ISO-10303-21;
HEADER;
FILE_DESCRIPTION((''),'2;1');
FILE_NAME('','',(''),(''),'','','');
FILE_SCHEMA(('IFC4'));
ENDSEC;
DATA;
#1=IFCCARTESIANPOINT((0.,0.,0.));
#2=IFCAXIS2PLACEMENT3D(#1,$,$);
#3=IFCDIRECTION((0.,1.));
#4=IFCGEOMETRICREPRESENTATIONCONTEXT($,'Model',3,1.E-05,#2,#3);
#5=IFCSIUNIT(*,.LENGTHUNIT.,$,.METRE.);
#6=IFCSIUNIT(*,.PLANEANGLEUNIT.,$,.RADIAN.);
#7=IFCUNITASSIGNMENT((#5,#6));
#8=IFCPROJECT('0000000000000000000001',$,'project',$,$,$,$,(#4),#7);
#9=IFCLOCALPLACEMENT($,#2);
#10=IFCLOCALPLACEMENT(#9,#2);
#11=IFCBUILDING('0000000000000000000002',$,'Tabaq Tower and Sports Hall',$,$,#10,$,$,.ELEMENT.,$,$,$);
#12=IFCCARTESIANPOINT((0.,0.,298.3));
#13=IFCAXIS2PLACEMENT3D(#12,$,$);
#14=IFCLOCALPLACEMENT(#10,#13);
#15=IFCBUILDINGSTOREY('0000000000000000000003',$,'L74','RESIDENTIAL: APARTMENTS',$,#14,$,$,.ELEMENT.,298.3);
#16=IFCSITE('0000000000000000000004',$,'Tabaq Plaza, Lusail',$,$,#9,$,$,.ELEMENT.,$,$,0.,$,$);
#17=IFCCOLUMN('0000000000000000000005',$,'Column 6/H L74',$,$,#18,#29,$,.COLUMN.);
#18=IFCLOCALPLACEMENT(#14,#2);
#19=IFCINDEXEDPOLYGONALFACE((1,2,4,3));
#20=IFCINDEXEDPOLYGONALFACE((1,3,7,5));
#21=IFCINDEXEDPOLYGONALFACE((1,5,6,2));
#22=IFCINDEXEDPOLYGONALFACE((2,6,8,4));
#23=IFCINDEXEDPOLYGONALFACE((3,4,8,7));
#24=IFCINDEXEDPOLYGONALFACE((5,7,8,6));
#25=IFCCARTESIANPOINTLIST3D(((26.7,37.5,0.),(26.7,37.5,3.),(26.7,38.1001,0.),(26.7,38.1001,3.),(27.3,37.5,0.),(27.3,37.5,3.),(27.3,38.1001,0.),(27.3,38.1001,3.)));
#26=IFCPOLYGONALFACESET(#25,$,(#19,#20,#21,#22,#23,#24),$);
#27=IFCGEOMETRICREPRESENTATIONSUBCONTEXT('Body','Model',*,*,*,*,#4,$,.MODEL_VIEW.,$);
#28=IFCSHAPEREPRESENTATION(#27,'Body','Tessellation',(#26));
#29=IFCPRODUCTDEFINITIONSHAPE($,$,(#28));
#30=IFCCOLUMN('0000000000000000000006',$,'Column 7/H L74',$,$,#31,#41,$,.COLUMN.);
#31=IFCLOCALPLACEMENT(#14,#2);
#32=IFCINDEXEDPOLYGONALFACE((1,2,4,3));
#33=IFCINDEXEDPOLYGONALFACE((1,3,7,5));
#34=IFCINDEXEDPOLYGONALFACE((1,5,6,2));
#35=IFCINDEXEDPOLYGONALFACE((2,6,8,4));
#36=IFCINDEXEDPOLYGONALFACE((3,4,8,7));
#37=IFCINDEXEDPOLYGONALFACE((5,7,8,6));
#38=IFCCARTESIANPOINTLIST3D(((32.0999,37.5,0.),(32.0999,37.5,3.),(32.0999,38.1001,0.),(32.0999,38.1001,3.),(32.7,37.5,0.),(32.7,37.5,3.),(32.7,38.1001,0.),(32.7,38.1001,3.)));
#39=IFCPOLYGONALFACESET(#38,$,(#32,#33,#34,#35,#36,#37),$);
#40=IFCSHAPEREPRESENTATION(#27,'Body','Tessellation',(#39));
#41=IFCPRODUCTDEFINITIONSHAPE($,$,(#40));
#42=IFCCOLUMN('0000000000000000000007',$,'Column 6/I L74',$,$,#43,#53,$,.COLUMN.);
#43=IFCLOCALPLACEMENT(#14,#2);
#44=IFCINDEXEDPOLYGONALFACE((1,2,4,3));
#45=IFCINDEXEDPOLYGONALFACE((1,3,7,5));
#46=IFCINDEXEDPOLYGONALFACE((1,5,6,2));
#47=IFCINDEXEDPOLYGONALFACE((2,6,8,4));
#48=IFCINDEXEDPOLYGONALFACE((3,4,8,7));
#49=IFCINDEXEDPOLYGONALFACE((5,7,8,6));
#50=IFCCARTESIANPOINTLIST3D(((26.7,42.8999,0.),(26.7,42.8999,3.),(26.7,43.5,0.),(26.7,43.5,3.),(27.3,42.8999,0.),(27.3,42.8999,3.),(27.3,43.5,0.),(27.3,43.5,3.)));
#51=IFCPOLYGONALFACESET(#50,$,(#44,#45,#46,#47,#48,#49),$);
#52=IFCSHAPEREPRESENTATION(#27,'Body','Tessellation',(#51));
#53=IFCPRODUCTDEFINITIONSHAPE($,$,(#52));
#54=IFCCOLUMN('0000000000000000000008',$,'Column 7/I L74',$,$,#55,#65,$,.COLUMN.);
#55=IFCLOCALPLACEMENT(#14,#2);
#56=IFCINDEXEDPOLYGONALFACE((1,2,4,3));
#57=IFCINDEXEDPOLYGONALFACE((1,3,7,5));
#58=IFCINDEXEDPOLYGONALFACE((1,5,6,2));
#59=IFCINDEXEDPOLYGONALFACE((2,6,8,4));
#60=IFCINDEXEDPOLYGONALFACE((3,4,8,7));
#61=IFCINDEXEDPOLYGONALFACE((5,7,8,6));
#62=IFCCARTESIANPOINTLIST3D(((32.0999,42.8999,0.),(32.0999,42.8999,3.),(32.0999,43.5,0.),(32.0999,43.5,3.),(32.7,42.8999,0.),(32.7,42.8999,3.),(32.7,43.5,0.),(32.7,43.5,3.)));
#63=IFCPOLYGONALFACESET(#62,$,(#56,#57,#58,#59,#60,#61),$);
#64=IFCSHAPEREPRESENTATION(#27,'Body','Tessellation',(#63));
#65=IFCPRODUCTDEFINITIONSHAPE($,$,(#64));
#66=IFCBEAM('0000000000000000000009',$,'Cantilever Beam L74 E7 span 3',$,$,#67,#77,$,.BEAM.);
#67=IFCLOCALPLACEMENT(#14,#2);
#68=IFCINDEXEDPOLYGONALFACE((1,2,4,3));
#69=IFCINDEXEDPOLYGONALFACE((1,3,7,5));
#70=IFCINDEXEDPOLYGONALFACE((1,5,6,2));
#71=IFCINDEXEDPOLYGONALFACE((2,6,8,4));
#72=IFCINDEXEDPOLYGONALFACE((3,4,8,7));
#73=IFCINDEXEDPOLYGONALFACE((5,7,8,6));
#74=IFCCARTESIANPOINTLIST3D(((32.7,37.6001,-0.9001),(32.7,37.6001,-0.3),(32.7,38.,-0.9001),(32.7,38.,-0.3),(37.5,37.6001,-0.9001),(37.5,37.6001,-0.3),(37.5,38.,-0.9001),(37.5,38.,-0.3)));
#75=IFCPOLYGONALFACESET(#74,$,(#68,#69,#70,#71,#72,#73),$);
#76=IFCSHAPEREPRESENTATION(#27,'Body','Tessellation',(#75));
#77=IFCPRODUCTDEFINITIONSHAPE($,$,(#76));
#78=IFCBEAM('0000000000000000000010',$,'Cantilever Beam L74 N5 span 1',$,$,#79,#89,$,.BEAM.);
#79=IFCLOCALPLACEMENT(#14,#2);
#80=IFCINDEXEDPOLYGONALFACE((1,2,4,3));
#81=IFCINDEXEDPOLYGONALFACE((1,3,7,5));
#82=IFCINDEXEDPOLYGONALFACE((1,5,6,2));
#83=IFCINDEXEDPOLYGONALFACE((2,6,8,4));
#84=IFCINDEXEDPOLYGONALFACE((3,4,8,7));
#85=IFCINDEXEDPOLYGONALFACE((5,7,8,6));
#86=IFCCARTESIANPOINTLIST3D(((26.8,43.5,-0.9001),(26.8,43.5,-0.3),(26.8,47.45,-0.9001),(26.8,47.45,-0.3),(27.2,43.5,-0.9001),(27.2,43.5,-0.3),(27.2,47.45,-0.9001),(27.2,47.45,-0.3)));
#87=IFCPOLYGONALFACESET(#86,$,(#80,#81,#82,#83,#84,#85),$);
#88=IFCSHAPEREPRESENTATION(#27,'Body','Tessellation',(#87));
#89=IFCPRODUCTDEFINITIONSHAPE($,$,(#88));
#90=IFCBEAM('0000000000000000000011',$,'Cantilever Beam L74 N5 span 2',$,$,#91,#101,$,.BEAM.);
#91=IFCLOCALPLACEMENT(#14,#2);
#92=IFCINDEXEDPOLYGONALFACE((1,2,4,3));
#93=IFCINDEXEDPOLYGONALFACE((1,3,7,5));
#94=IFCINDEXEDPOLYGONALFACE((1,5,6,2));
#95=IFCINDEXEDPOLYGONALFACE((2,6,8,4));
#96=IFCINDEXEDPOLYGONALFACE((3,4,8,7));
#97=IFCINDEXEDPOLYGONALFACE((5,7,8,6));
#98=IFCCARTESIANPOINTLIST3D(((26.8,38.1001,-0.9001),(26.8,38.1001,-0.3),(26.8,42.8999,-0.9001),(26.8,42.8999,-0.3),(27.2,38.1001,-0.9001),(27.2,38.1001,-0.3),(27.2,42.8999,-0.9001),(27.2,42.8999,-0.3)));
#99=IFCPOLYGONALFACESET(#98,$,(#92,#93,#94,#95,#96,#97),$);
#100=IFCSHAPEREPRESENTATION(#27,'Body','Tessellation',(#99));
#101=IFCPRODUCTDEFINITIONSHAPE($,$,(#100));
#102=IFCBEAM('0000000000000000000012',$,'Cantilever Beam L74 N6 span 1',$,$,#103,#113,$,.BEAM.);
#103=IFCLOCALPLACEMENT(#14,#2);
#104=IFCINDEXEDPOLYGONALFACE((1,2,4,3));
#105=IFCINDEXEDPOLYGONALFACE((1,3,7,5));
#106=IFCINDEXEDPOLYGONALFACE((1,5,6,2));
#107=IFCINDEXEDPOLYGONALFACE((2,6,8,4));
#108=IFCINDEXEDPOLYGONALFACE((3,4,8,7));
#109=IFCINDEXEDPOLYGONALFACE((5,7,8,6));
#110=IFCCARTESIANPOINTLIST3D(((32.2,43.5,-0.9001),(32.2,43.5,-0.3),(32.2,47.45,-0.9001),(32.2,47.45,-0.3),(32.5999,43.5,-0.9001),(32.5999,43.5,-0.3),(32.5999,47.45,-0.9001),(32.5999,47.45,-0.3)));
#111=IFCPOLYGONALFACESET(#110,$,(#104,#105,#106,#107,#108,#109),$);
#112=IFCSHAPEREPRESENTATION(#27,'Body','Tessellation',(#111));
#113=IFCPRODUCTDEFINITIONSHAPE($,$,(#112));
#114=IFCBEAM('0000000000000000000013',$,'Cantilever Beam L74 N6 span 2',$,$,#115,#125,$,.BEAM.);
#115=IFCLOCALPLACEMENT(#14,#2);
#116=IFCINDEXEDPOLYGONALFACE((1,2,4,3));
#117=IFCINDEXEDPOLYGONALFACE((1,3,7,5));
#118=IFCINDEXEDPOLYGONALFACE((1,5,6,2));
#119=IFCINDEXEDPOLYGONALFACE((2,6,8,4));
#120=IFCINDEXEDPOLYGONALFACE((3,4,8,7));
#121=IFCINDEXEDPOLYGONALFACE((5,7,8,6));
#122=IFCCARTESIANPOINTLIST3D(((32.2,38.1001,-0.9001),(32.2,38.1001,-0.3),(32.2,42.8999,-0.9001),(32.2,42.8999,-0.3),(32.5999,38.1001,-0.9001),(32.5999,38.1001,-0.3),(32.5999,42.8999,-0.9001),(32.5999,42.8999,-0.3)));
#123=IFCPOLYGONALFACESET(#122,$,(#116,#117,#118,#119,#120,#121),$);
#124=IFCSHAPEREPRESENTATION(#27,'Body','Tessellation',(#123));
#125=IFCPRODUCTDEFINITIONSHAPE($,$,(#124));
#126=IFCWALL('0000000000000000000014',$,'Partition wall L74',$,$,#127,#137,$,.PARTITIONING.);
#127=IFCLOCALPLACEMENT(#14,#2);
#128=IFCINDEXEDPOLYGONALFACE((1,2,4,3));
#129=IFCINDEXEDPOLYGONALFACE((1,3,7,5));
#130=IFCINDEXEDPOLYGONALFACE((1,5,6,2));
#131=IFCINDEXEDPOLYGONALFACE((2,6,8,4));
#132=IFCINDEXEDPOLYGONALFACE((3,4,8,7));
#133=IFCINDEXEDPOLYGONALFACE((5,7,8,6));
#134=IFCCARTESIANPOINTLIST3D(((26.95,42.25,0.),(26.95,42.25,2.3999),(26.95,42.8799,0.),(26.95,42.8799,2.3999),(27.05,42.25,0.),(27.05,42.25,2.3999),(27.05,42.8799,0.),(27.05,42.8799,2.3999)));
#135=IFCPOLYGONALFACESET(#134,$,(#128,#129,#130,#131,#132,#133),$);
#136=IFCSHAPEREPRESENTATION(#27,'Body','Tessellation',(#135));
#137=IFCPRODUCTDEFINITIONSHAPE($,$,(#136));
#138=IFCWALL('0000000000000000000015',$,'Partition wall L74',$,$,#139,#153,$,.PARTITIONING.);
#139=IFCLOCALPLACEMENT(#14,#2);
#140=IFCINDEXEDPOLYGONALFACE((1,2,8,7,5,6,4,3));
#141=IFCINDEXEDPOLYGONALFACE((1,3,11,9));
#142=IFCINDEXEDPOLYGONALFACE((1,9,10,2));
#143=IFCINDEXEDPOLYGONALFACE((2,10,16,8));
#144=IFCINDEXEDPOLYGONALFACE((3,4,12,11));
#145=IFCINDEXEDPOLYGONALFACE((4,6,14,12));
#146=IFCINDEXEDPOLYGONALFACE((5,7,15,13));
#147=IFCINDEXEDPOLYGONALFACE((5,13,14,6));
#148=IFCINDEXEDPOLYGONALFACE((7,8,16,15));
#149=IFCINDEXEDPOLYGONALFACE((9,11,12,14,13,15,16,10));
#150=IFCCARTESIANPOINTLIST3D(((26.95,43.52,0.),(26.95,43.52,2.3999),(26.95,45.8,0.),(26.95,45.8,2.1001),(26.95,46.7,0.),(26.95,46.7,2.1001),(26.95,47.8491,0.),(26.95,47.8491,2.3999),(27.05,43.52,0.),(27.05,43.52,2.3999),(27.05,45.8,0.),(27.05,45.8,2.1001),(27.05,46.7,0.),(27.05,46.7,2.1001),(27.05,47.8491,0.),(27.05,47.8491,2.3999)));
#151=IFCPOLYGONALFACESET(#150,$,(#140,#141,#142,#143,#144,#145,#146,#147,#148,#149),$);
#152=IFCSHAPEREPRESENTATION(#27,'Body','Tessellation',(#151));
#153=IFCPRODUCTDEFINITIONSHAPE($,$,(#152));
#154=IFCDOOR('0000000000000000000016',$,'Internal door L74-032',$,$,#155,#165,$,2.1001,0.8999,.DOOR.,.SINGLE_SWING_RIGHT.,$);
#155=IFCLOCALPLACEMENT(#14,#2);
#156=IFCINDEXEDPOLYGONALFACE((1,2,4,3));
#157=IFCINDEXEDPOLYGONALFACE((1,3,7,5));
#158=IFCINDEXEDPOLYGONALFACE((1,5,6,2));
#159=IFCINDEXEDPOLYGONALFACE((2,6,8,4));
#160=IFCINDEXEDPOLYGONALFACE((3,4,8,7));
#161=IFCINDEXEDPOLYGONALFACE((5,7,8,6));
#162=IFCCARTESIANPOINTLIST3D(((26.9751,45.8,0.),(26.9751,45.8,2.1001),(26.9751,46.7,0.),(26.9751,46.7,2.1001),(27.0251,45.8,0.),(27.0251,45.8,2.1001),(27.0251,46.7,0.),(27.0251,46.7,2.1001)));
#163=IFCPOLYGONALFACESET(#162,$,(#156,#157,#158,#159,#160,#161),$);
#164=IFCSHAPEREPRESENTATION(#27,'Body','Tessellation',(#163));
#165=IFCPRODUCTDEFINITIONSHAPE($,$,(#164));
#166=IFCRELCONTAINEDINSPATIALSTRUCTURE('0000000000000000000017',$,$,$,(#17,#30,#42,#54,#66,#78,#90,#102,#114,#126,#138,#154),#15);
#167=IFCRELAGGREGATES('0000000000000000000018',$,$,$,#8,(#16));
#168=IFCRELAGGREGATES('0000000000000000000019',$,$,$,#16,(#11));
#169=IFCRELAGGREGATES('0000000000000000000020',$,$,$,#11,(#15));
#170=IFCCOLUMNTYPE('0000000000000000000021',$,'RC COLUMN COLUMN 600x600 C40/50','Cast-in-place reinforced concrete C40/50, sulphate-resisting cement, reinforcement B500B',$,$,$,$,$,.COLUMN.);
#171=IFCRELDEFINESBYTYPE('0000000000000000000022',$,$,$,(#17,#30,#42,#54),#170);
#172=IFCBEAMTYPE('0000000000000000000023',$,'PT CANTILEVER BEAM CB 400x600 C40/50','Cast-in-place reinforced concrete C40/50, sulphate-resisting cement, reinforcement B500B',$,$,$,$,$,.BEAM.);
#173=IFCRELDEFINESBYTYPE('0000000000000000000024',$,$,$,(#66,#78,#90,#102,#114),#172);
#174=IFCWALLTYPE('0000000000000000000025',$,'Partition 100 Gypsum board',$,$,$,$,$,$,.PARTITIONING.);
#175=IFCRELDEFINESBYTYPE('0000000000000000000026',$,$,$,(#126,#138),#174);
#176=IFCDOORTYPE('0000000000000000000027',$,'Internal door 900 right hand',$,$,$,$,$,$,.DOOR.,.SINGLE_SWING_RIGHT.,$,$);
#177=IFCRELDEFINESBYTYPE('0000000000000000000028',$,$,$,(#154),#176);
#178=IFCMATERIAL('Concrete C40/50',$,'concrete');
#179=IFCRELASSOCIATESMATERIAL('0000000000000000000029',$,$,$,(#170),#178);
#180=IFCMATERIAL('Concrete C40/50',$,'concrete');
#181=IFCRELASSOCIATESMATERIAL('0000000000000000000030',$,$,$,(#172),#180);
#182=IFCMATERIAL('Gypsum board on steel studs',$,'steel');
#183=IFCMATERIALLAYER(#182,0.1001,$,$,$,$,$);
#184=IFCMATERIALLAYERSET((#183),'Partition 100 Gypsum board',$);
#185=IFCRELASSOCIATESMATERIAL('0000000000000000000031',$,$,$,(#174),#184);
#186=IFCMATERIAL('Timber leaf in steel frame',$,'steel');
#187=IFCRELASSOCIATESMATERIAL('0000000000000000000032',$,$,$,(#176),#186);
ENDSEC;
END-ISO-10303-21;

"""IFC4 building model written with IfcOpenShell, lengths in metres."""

from ifc_helpers import new_model, si_unit, direction, frame, frame_2d, origin, origin_2d, place, context, subcontext, project, spatial, rectangle, extrude, material, layer, layer_set, material_profile, profile_set, type_object, element, fill, save


model = new_model("IFC4")

# Units and contexts
model_context = context("Model", 3, precision=1e-05, world=origin(), true_north=direction((0.0, 1.0)))
body_context = subcontext(model_context, "Body", "Model", "MODEL_VIEW")
ifc_project = project(units=[si_unit("LENGTHUNIT", "METRE"), si_unit("PLANEANGLEUNIT", "RADIAN")], contexts=[model_context])

# Site, building, storey
site_placement = place(None, origin())
site = spatial("IfcSite", under=ifc_project, at=site_placement, Name="Tabaq Plaza, Lusail", CompositionType="ELEMENT", RefElevation=0.0)
building_placement = place(site_placement, origin())
building = spatial("IfcBuilding", under=site, at=building_placement, Name="Tabaq Tower and Sports Hall", CompositionType="ELEMENT")
storey_placement = place(building_placement, frame((0.0, 0.0, 298.3)))
storey = spatial("IfcBuildingStorey", under=building, at=storey_placement, Name="L74", Description="RESIDENTIAL: APARTMENTS", CompositionType="ELEMENT", Elevation=298.3)

# Columns
ifc_material_1 = material(Name="Concrete C40/50", Category="concrete")
ifc_material_profile_1 = material_profile(ifc_material_1, rectangle(XDim=0.6001, YDim=0.6001, at=origin_2d()), Name="COLUMN 600x600")
ifc_profile_set_1 = profile_set([ifc_material_profile_1], Name="Concrete C40/50")
column_type = type_object("IfcColumnType", Name="RC COLUMN COLUMN 600x600 C40/50", Description="Cast-in-place reinforced concrete C40/50, sulphate-resisting cement, reinforcement B500B", PredefinedType="COLUMN", material=ifc_profile_set_1)
for number, where, z_axis, x_axis, name in (
    (1, (27.0, 37.8, 0.0), (0.0, 0.0, 1.0), (1.0, 0.0, 0.0), "Column 6/H L74"),
    (2, (32.3999, 37.8, 0.0), (0.0, 0.0, 1.0), (1.0, 0.0, 0.0), "Column 7/H L74"),
    (3, (27.0, 43.2, 0.0), (0.0, 0.0, 1.0), (1.0, 0.0, 0.0), "Column 6/I L74"),
    (4, (32.3999, 43.2, 0.0), (0.0, 0.0, 1.0), (1.0, 0.0, 0.0), "Column 7/I L74"),
):
    element("IfcColumn", number, at=place(storey_placement, frame(where, z_axis=z_axis, x_axis=x_axis)), inside=storey, type_object=column_type, Name=name, PredefinedType="COLUMN", context=body_context, shape_type="SweptSolid", body=[
        extrude(rectangle(XDim=0.6001, YDim=0.6001, at=origin_2d()), origin(), (0.0, 0.0, 1.0), 3.0),
    ])

# Beams
ifc_material_2 = material(Name="Concrete C40/50", Category="concrete")
ifc_material_profile_2 = material_profile(ifc_material_2, rectangle(XDim=0.3999, YDim=0.6001, at=origin_2d()), Name="CB 400x600")
ifc_profile_set_2 = profile_set([ifc_material_profile_2], Name="Concrete C40/50")
beam_type = type_object("IfcBeamType", Name="PT CANTILEVER BEAM CB 400x600 C40/50", Description="Cast-in-place reinforced concrete C40/50, sulphate-resisting cement, reinforcement B500B", PredefinedType="BEAM", material=ifc_profile_set_2)
beam_1_placement = place(storey_placement, frame((37.5, 37.8, -0.6001), z_axis=(-1.0, 0.0, 0.0), x_axis=(0.0, -1.0, 0.0)))
element("IfcBeam", 5, at=beam_1_placement, inside=storey, type_object=beam_type, Name="Cantilever Beam L74 E7 span 3", PredefinedType="BEAM", context=body_context, shape_type="SweptSolid", body=[
    extrude(rectangle(XDim=0.3999, YDim=0.6001, at=origin_2d()), origin(), (0.0, 0.0, 1.0), 4.8),
])
beam_2_placement = place(storey_placement, frame((27.0, 47.45, -0.6001), z_axis=(0.0, -1.0, 0.0), x_axis=(1.0, 0.0, 0.0)))
element("IfcBeam", 6, at=beam_2_placement, inside=storey, type_object=beam_type, Name="Cantilever Beam L74 N5 span 1", PredefinedType="BEAM", context=body_context, shape_type="SweptSolid", body=[
    extrude(rectangle(XDim=0.3999, YDim=0.6001, at=origin_2d()), origin(), (0.0, 0.0, 1.0), 3.95),
])
beam_3_placement = place(storey_placement, frame((27.0, 42.8999, -0.6001), z_axis=(0.0, -1.0, 0.0), x_axis=(1.0, 0.0, 0.0)))
element("IfcBeam", 7, at=beam_3_placement, inside=storey, type_object=beam_type, Name="Cantilever Beam L74 N5 span 2", PredefinedType="BEAM", context=body_context, shape_type="SweptSolid", body=[
    extrude(rectangle(XDim=0.3999, YDim=0.6001, at=origin_2d()), origin(), (0.0, 0.0, 1.0), 4.7998),
])
beam_4_placement = place(storey_placement, frame((32.3999, 47.45, -0.6001), z_axis=(0.0, -1.0, 0.0), x_axis=(1.0, 0.0, 0.0)))
element("IfcBeam", 8, at=beam_4_placement, inside=storey, type_object=beam_type, Name="Cantilever Beam L74 N6 span 1", PredefinedType="BEAM", context=body_context, shape_type="SweptSolid", body=[
    extrude(rectangle(XDim=0.3999, YDim=0.6001, at=origin_2d()), origin(), (0.0, 0.0, 1.0), 3.95),
])
beam_5_placement = place(storey_placement, frame((32.3999, 42.8999, -0.6001), z_axis=(0.0, -1.0, 0.0), x_axis=(1.0, 0.0, 0.0)))
element("IfcBeam", 9, at=beam_5_placement, inside=storey, type_object=beam_type, Name="Cantilever Beam L74 N6 span 2", PredefinedType="BEAM", context=body_context, shape_type="SweptSolid", body=[
    extrude(rectangle(XDim=0.3999, YDim=0.6001, at=origin_2d()), origin(), (0.0, 0.0, 1.0), 4.7998),
])

# Wall
ifc_material_3 = material(Name="Gypsum board on steel studs", Category="steel")
ifc_layer_1 = layer(ifc_material_3, 0.1001)
ifc_layer_set_1 = layer_set([ifc_layer_1], Name="Partition 100 Gypsum board")
wall_type_1 = type_object("IfcWallType", Name="Partition 100 Gypsum board", PredefinedType="PARTITIONING", material=ifc_layer_set_1)
wall_1_placement = place(storey_placement, frame((27.0, 42.25, 0.0), z_axis=(0.0, 0.0, 1.0), x_axis=(0.0, 1.0, 0.0)))
element("IfcWall", 10, at=wall_1_placement, inside=storey, type_object=wall_type_1, Name="Partition wall L74", PredefinedType="PARTITIONING", context=body_context, shape_type="SweptSolid", body=[
    extrude(rectangle(XDim=0.6299, YDim=0.1001, at=frame_2d((0.3149, 0.0))), origin(), (0.0, 0.0, 1.0), 2.3999),
])

# Wall, opening, door
wall_2_placement = place(storey_placement, frame((27.0, 43.52, 0.0), z_axis=(0.0, 0.0, 1.0), x_axis=(0.0, 1.0, 0.0)))
wall_2 = element("IfcWall", 11, at=wall_2_placement, inside=storey, type_object=wall_type_1, Name="Partition wall L74", PredefinedType="PARTITIONING", context=body_context, shape_type="SweptSolid", body=[
    extrude(rectangle(XDim=4.3291, YDim=0.1001, at=frame_2d((2.1646, 0.0))), origin(), (0.0, 0.0, 1.0), 2.3999),
])
opening_1_placement = place(wall_2_placement, frame((2.28, 0.0, 0.0)))
opening_1 = element("IfcOpeningElement", 12, at=opening_1_placement, cuts=wall_2, PredefinedType="OPENING", context=body_context, shape_type="SweptSolid", body=[
    extrude(rectangle(XDim=0.8999, YDim=2.1001, at=frame_2d((0.45, 1.05))), frame((0.0, 0.05, 0.0), z_axis=(0.0, -1.0, 0.0), x_axis=(1.0, 0.0, 0.0)), (0.0, 0.0, 1.0), 0.1001),
])
ifc_material_4 = material(Name="Timber leaf in steel frame", Category="steel")
door_type_1 = type_object("IfcDoorType", Name="Internal door 900 right hand", OperationType="SINGLE_SWING_RIGHT", PredefinedType="DOOR", material=ifc_material_4)
door_1_placement = place(opening_1_placement, origin())
door_1 = element("IfcDoor", 13, at=door_1_placement, inside=storey, type_object=door_type_1, Name="Internal door L74-032", OperationType="SINGLE_SWING_RIGHT", OverallHeight=2.1001, OverallWidth=0.8999, PredefinedType="DOOR", context=body_context, shape_type="SweptSolid", body=[
    extrude(rectangle(XDim=0.8999, YDim=2.1001, at=frame_2d((0.45, 1.05))), frame((0.0, 0.0249, 0.0), z_axis=(0.0, -1.0, 0.0), x_axis=(1.0, 0.0, 0.0)), (0.0, 0.0, 1.0), 0.05),
])
fill(opening_1, door_1)

save(model, "model.ifc")
